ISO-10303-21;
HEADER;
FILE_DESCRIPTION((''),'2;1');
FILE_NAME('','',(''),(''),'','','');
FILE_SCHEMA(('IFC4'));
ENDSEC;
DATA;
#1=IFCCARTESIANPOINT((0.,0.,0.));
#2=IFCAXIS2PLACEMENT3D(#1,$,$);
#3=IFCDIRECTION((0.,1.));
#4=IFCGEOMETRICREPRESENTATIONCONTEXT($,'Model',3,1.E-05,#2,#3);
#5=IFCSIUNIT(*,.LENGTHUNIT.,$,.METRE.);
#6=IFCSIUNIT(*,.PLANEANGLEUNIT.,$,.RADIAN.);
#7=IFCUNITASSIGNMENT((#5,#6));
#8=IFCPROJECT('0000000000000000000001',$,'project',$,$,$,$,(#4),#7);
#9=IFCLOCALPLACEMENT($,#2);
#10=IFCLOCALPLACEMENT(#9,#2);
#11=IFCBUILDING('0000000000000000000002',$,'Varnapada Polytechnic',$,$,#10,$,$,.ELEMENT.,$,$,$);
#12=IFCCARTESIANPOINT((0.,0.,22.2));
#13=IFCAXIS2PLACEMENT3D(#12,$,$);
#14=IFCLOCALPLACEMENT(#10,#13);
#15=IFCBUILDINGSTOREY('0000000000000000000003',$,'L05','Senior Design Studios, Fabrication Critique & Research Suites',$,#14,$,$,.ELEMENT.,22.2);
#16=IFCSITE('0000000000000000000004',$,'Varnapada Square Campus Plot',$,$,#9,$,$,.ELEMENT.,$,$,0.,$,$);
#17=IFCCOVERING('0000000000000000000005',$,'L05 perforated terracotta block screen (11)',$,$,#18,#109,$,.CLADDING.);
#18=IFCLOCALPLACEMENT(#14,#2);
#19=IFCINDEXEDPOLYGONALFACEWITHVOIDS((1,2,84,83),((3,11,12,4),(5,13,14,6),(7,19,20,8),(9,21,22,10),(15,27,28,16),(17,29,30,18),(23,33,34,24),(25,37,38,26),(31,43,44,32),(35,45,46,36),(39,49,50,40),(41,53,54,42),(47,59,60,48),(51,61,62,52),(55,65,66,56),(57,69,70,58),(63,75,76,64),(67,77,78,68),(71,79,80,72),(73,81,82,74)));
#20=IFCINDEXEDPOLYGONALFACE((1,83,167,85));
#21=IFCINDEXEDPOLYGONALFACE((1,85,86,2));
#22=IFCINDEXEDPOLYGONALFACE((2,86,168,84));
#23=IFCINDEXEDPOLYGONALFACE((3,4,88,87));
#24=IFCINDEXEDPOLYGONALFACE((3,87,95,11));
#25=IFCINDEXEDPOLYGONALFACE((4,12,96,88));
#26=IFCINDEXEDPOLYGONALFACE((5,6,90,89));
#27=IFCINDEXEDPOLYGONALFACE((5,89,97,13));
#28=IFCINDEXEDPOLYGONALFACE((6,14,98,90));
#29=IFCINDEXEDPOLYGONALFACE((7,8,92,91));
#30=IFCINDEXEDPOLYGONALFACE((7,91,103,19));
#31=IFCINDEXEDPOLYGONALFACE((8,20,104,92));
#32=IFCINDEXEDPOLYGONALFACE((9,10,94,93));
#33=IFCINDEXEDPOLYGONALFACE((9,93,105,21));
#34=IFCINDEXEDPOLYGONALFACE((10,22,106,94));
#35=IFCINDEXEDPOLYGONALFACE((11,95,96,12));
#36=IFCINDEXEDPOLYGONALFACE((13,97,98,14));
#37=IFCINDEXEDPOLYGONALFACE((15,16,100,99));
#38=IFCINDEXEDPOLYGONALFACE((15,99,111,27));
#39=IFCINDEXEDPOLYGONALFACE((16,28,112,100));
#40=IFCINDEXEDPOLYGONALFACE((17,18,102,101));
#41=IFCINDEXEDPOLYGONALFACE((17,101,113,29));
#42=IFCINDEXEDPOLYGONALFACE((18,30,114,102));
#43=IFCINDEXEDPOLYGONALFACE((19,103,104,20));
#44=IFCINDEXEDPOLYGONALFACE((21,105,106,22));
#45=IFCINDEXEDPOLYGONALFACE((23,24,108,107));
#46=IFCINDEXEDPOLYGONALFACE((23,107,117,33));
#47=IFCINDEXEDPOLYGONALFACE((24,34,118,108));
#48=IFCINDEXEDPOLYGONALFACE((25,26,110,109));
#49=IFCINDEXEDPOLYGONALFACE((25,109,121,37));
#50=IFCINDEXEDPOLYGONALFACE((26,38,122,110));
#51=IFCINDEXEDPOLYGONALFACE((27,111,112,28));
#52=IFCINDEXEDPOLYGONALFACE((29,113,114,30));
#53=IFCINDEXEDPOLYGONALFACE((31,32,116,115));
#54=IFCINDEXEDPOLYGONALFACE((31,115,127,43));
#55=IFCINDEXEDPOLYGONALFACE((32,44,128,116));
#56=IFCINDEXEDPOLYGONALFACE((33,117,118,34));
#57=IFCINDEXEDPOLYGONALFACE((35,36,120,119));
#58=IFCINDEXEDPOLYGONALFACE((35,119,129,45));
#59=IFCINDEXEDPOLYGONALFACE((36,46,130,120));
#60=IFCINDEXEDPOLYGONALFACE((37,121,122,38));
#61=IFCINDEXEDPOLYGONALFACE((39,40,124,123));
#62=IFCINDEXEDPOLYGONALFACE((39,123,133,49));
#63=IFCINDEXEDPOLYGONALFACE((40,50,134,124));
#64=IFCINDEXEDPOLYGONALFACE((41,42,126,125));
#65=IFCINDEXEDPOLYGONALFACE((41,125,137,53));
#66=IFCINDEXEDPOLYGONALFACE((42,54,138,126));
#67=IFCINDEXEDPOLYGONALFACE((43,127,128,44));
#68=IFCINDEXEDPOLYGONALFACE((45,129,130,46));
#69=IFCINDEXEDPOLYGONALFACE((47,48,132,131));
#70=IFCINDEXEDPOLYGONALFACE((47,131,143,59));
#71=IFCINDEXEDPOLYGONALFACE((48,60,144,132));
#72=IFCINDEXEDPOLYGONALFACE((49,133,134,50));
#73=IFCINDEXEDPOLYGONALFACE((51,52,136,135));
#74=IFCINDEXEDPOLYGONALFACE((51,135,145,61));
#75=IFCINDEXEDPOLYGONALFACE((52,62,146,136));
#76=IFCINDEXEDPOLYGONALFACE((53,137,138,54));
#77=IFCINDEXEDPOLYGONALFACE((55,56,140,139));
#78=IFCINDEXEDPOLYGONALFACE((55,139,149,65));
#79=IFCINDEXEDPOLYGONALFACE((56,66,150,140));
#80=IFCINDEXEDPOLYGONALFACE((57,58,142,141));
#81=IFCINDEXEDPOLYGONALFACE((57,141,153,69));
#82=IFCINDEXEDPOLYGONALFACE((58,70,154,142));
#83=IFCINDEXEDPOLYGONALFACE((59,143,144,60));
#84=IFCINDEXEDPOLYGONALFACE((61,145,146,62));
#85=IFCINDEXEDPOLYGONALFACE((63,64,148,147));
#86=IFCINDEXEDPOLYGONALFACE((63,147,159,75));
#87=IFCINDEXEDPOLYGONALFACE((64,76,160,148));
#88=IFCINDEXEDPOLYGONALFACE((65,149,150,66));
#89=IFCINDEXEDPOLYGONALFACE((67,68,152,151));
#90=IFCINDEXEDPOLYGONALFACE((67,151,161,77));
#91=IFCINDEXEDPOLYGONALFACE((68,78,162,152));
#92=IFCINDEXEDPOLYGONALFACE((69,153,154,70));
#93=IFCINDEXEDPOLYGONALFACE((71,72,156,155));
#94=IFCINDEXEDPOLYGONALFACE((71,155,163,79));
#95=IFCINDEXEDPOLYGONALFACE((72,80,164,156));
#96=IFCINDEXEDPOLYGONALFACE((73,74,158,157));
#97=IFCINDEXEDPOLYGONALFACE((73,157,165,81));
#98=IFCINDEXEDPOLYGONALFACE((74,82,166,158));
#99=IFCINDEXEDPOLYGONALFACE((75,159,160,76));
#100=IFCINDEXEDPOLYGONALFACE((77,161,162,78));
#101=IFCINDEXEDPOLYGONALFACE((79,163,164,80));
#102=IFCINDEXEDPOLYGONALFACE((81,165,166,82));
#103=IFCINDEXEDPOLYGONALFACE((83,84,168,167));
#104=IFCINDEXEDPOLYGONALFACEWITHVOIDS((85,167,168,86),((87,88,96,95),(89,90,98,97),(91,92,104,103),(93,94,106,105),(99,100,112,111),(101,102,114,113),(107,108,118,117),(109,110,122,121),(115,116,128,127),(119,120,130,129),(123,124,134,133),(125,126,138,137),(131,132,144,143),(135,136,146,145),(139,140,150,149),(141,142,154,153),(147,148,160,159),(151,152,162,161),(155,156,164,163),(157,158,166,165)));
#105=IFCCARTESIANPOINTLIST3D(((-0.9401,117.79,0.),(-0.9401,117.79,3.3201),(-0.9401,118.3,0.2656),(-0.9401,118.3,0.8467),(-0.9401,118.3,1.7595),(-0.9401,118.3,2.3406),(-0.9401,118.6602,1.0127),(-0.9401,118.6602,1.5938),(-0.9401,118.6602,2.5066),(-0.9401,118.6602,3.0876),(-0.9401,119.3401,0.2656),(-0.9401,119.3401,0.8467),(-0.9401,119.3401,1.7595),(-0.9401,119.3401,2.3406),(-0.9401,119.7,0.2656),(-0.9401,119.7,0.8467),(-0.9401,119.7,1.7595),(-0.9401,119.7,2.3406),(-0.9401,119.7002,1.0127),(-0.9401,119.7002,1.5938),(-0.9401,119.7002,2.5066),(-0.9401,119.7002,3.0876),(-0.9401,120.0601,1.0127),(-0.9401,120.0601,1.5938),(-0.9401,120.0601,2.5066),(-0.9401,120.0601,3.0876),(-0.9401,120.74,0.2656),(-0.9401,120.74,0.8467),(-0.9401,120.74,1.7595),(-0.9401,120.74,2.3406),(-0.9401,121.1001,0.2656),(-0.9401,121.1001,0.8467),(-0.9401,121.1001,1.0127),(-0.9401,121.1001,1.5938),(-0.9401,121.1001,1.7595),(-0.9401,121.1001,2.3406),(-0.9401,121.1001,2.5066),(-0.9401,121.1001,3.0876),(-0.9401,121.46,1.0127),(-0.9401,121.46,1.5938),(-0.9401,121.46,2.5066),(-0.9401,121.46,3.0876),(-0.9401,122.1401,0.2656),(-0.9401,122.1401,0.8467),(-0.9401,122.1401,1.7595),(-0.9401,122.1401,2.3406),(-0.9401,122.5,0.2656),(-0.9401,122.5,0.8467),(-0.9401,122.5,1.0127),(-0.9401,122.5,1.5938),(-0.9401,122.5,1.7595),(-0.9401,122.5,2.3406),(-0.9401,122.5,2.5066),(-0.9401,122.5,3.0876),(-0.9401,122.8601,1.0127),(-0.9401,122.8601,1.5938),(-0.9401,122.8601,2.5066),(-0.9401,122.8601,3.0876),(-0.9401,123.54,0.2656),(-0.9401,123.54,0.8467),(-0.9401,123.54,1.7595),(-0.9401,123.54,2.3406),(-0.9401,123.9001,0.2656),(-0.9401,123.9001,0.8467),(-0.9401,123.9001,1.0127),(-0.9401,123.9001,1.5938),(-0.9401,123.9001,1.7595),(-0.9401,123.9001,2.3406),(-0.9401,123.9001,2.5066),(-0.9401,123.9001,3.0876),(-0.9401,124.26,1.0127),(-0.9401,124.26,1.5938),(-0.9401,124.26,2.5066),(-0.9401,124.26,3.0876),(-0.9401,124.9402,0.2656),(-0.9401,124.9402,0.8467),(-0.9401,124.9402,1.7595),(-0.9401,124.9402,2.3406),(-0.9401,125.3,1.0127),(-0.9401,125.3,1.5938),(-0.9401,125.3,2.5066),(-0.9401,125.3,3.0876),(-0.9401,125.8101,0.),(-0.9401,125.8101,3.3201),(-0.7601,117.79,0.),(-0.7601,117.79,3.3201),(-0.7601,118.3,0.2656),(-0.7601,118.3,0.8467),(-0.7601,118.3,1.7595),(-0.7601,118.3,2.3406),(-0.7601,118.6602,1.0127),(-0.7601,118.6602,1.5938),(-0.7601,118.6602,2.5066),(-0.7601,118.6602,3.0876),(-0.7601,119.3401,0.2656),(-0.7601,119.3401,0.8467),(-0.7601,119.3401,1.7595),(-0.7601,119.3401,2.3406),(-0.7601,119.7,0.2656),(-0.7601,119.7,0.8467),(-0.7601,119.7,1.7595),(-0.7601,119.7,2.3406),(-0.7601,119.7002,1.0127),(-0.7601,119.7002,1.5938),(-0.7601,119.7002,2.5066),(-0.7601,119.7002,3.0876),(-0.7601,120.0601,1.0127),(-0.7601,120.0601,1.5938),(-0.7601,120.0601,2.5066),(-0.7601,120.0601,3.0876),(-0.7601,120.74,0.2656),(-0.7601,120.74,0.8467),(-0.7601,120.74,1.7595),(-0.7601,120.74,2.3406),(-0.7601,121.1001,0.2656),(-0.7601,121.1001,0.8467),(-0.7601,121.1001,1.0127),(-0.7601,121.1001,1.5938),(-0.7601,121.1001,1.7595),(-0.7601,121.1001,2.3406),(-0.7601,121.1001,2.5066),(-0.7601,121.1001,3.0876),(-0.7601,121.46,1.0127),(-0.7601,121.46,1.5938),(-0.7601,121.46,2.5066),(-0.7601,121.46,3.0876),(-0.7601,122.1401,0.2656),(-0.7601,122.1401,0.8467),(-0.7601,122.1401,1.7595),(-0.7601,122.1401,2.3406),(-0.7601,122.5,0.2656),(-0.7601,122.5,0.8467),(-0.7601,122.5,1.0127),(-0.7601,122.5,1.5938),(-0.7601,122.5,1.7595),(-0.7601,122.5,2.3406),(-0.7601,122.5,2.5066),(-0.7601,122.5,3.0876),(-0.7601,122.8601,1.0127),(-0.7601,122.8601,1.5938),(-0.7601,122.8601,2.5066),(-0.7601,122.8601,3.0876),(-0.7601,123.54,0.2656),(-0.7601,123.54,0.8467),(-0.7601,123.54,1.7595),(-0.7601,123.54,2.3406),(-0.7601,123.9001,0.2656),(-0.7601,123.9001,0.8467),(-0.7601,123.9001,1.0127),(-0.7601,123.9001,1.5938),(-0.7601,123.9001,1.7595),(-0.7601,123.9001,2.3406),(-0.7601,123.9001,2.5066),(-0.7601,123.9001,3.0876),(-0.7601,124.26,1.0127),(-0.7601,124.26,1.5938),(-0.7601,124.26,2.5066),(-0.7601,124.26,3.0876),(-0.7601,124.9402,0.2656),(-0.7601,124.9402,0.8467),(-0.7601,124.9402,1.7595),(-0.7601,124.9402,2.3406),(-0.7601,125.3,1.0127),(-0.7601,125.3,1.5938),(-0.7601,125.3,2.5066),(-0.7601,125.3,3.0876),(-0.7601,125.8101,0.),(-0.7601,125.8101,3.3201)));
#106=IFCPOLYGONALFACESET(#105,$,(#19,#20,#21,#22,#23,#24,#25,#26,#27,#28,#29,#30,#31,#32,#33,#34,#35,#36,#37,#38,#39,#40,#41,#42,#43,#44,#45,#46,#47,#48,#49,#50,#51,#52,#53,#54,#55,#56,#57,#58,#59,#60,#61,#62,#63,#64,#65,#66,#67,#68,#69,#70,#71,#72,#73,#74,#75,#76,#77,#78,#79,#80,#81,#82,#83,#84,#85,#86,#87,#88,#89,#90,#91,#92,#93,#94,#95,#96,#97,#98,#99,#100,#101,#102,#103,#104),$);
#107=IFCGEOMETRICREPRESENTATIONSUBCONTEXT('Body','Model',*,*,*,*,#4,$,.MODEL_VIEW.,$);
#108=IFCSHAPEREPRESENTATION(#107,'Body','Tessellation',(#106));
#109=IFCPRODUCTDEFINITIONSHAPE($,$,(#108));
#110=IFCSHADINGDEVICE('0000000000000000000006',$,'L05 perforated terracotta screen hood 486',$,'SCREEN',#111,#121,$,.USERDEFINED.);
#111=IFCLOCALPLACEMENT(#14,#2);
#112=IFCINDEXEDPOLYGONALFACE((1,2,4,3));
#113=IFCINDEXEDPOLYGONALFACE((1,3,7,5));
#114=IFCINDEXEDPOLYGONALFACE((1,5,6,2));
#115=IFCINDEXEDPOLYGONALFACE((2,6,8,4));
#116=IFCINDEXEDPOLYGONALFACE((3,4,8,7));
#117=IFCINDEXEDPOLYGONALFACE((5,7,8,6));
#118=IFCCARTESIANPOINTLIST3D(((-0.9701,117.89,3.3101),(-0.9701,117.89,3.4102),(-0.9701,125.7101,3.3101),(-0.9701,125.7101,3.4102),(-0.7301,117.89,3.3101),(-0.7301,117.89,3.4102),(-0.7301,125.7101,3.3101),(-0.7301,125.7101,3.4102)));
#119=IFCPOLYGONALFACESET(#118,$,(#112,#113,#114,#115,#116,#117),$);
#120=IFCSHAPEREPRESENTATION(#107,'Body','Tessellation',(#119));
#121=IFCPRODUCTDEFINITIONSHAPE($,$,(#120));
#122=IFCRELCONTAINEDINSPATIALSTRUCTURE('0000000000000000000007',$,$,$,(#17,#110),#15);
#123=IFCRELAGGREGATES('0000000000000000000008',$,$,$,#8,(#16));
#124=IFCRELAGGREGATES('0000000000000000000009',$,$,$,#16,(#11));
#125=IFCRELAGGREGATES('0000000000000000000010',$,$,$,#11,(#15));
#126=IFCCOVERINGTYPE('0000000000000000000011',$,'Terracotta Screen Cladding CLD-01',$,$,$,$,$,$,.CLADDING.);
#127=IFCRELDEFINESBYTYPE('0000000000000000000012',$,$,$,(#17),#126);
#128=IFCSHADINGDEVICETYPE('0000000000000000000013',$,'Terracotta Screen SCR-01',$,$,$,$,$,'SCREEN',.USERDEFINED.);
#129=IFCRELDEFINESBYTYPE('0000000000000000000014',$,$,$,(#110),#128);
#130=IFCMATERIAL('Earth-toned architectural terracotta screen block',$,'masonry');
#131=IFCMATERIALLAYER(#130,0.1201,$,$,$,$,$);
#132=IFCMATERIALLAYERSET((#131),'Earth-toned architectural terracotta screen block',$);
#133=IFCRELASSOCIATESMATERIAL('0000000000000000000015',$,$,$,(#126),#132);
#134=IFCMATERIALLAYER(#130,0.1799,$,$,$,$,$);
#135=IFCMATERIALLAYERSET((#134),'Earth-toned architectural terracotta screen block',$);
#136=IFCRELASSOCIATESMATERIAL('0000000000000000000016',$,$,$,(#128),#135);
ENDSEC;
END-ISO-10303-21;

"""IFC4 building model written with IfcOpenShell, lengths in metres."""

from ifc_helpers import new_model, si_unit, direction, frame, frame_2d, origin, origin_2d, place, context, subcontext, project, spatial, rectangle, extrude, material, layer, layer_set, type_object, element, save


model = new_model("IFC4")

# Units and contexts
model_context = context("Model", 3, precision=1e-05, world=origin(), true_north=direction((0.0, 1.0)))
body_context = subcontext(model_context, "Body", "Model", "MODEL_VIEW")
ifc_project = project(units=[si_unit("LENGTHUNIT", "METRE"), si_unit("PLANEANGLEUNIT", "RADIAN")], contexts=[model_context])

# Site, building, storey
site_placement = place(None, origin())
site = spatial("IfcSite", under=ifc_project, at=site_placement, Name="Varnapada Square Campus Plot", CompositionType="ELEMENT", RefElevation=0.0)
building_placement = place(site_placement, origin())
building = spatial("IfcBuilding", under=site, at=building_placement, Name="Varnapada Polytechnic", CompositionType="ELEMENT")
storey_placement = place(building_placement, frame((0.0, 0.0, 22.2)))
storey = spatial("IfcBuildingStorey", under=building, at=storey_placement, Name="L05", Description="Senior Design Studios, Fabrication Critique & Research Suites", CompositionType="ELEMENT", Elevation=22.2)

# Covering, openings
ifc_material_1 = material(Name="Earth-toned architectural terracotta screen block", Category="masonry")
ifc_layer_1 = layer(ifc_material_1, 0.1201)
ifc_layer_set_1 = layer_set([ifc_layer_1], Name="Earth-toned architectural terracotta screen block")
covering_type = type_object("IfcCoveringType", Name="Terracotta Screen Cladding CLD-01", PredefinedType="CLADDING", material=ifc_layer_set_1)
covering_placement = place(storey_placement, frame((-0.8501, 117.79, 0.0), z_axis=(0.0, 0.0, 1.0), x_axis=(0.0, 1.0, 0.0)))
covering = element("IfcCovering", 1, at=covering_placement, inside=storey, type_object=covering_type, Name="L05 perforated terracotta block screen (11)", PredefinedType="CLADDING", context=body_context, shape_type="SweptSolid", body=[
    extrude(rectangle(XDim=8.02, YDim=0.1799, at=frame_2d((4.01, 0.0))), origin(), (0.0, 0.0, 1.0), 3.3201),
])
opening_1_placement = place(covering_placement, frame((0.51, 0.0, 0.2656)))
element("IfcOpeningElement", 2, at=opening_1_placement, cuts=covering, PredefinedType="OPENING", context=body_context, shape_type="SweptSolid", body=[
    extrude(rectangle(XDim=1.04, YDim=0.5811, at=frame_2d((0.52, 0.2905))), frame((0.0, 0.0999, 0.0), z_axis=(0.0, -1.0, 0.0), x_axis=(1.0, 0.0, 0.0)), (0.0, 0.0, 1.0), 0.2),
])
opening_2_placement = place(covering_placement, frame((1.9099, 0.0, 0.2656)))
element("IfcOpeningElement", 3, at=opening_2_placement, cuts=covering, PredefinedType="OPENING", context=body_context, shape_type="SweptSolid", body=[
    extrude(rectangle(XDim=1.04, YDim=0.5811, at=frame_2d((0.52, 0.2905))), frame((0.0, 0.0999, 0.0), z_axis=(0.0, -1.0, 0.0), x_axis=(1.0, 0.0, 0.0)), (0.0, 0.0, 1.0), 0.2),
])
opening_3_placement = place(covering_placement, frame((3.3101, 0.0, 0.2656)))
element("IfcOpeningElement", 4, at=opening_3_placement, cuts=covering, PredefinedType="OPENING", context=body_context, shape_type="SweptSolid", body=[
    extrude(rectangle(XDim=1.04, YDim=0.5811, at=frame_2d((0.52, 0.2905))), frame((0.0, 0.0999, 0.0), z_axis=(0.0, -1.0, 0.0), x_axis=(1.0, 0.0, 0.0)), (0.0, 0.0, 1.0), 0.2),
])
opening_4_placement = place(covering_placement, frame((4.71, 0.0, 0.2656)))
element("IfcOpeningElement", 5, at=opening_4_placement, cuts=covering, PredefinedType="OPENING", context=body_context, shape_type="SweptSolid", body=[
    extrude(rectangle(XDim=1.04, YDim=0.5811, at=frame_2d((0.52, 0.2905))), frame((0.0, 0.0999, 0.0), z_axis=(0.0, -1.0, 0.0), x_axis=(1.0, 0.0, 0.0)), (0.0, 0.0, 1.0), 0.2),
])
opening_5_placement = place(covering_placement, frame((6.1101, 0.0, 0.2656)))
element("IfcOpeningElement", 6, at=opening_5_placement, cuts=covering, PredefinedType="OPENING", context=body_context, shape_type="SweptSolid", body=[
    extrude(rectangle(XDim=1.04, YDim=0.5811, at=frame_2d((0.52, 0.2905))), frame((0.0, 0.0999, 0.0), z_axis=(0.0, -1.0, 0.0), x_axis=(1.0, 0.0, 0.0)), (0.0, 0.0, 1.0), 0.2),
])
opening_6_placement = place(covering_placement, frame((0.8701, 0.0, 1.0127)))
element("IfcOpeningElement", 7, at=opening_6_placement, cuts=covering, PredefinedType="OPENING", context=body_context, shape_type="SweptSolid", body=[
    extrude(rectangle(XDim=1.04, YDim=0.5811, at=frame_2d((0.52, 0.2905))), frame((0.0, 0.0999, 0.0), z_axis=(0.0, -1.0, 0.0), x_axis=(1.0, 0.0, 0.0)), (0.0, 0.0, 1.0), 0.2),
])
opening_7_placement = place(covering_placement, frame((2.27, 0.0, 1.0127)))
element("IfcOpeningElement", 8, at=opening_7_placement, cuts=covering, PredefinedType="OPENING", context=body_context, shape_type="SweptSolid", body=[
    extrude(rectangle(XDim=1.04, YDim=0.5811, at=frame_2d((0.52, 0.2905))), frame((0.0, 0.0999, 0.0), z_axis=(0.0, -1.0, 0.0), x_axis=(1.0, 0.0, 0.0)), (0.0, 0.0, 1.0), 0.2),
])
opening_8_placement = place(covering_placement, frame((3.6699, 0.0, 1.0127)))
element("IfcOpeningElement", 9, at=opening_8_placement, cuts=covering, PredefinedType="OPENING", context=body_context, shape_type="SweptSolid", body=[
    extrude(rectangle(XDim=1.04, YDim=0.5811, at=frame_2d((0.52, 0.2905))), frame((0.0, 0.0999, 0.0), z_axis=(0.0, -1.0, 0.0), x_axis=(1.0, 0.0, 0.0)), (0.0, 0.0, 1.0), 0.2),
])
opening_9_placement = place(covering_placement, frame((5.0701, 0.0, 1.0127)))
element("IfcOpeningElement", 10, at=opening_9_placement, cuts=covering, PredefinedType="OPENING", context=body_context, shape_type="SweptSolid", body=[
    extrude(rectangle(XDim=1.04, YDim=0.5811, at=frame_2d((0.52, 0.2905))), frame((0.0, 0.0999, 0.0), z_axis=(0.0, -1.0, 0.0), x_axis=(1.0, 0.0, 0.0)), (0.0, 0.0, 1.0), 0.2),
])
opening_10_placement = place(covering_placement, frame((6.47, 0.0, 1.0127)))
element("IfcOpeningElement", 11, at=opening_10_placement, cuts=covering, PredefinedType="OPENING", context=body_context, shape_type="SweptSolid", body=[
    extrude(rectangle(XDim=1.04, YDim=0.5811, at=frame_2d((0.52, 0.2905))), frame((0.0, 0.0999, 0.0), z_axis=(0.0, -1.0, 0.0), x_axis=(1.0, 0.0, 0.0)), (0.0, 0.0, 1.0), 0.2),
])
opening_11_placement = place(covering_placement, frame((0.51, 0.0, 1.7595)))
element("IfcOpeningElement", 12, at=opening_11_placement, cuts=covering, PredefinedType="OPENING", context=body_context, shape_type="SweptSolid", body=[
    extrude(rectangle(XDim=1.04, YDim=0.5811, at=frame_2d((0.52, 0.2905))), frame((0.0, 0.0999, 0.0), z_axis=(0.0, -1.0, 0.0), x_axis=(1.0, 0.0, 0.0)), (0.0, 0.0, 1.0), 0.2),
])
opening_12_placement = place(covering_placement, frame((1.9099, 0.0, 1.7595)))
element("IfcOpeningElement", 13, at=opening_12_placement, cuts=covering, PredefinedType="OPENING", context=body_context, shape_type="SweptSolid", body=[
    extrude(rectangle(XDim=1.04, YDim=0.5811, at=frame_2d((0.52, 0.2905))), frame((0.0, 0.0999, 0.0), z_axis=(0.0, -1.0, 0.0), x_axis=(1.0, 0.0, 0.0)), (0.0, 0.0, 1.0), 0.2),
])
opening_13_placement = place(covering_placement, frame((3.3101, 0.0, 1.7595)))
element("IfcOpeningElement", 14, at=opening_13_placement, cuts=covering, PredefinedType="OPENING", context=body_context, shape_type="SweptSolid", body=[
    extrude(rectangle(XDim=1.04, YDim=0.5811, at=frame_2d((0.52, 0.2905))), frame((0.0, 0.0999, 0.0), z_axis=(0.0, -1.0, 0.0), x_axis=(1.0, 0.0, 0.0)), (0.0, 0.0, 1.0), 0.2),
])
opening_14_placement = place(covering_placement, frame((4.71, 0.0, 1.7595)))
element("IfcOpeningElement", 15, at=opening_14_placement, cuts=covering, PredefinedType="OPENING", context=body_context, shape_type="SweptSolid", body=[
    extrude(rectangle(XDim=1.04, YDim=0.5811, at=frame_2d((0.52, 0.2905))), frame((0.0, 0.0999, 0.0), z_axis=(0.0, -1.0, 0.0), x_axis=(1.0, 0.0, 0.0)), (0.0, 0.0, 1.0), 0.2),
])
opening_15_placement = place(covering_placement, frame((6.1101, 0.0, 1.7595)))
element("IfcOpeningElement", 16, at=opening_15_placement, cuts=covering, PredefinedType="OPENING", context=body_context, shape_type="SweptSolid", body=[
    extrude(rectangle(XDim=1.04, YDim=0.5811, at=frame_2d((0.52, 0.2905))), frame((0.0, 0.0999, 0.0), z_axis=(0.0, -1.0, 0.0), x_axis=(1.0, 0.0, 0.0)), (0.0, 0.0, 1.0), 0.2),
])
opening_16_placement = place(covering_placement, frame((0.8701, 0.0, 2.5066)))
element("IfcOpeningElement", 17, at=opening_16_placement, cuts=covering, PredefinedType="OPENING", context=body_context, shape_type="SweptSolid", body=[
    extrude(rectangle(XDim=1.04, YDim=0.5811, at=frame_2d((0.52, 0.2905))), frame((0.0, 0.0999, 0.0), z_axis=(0.0, -1.0, 0.0), x_axis=(1.0, 0.0, 0.0)), (0.0, 0.0, 1.0), 0.2),
])
opening_17_placement = place(covering_placement, frame((2.27, 0.0, 2.5066)))
element("IfcOpeningElement", 18, at=opening_17_placement, cuts=covering, PredefinedType="OPENING", context=body_context, shape_type="SweptSolid", body=[
    extrude(rectangle(XDim=1.04, YDim=0.5811, at=frame_2d((0.52, 0.2905))), frame((0.0, 0.0999, 0.0), z_axis=(0.0, -1.0, 0.0), x_axis=(1.0, 0.0, 0.0)), (0.0, 0.0, 1.0), 0.2),
])
opening_18_placement = place(covering_placement, frame((3.6699, 0.0, 2.5066)))
element("IfcOpeningElement", 19, at=opening_18_placement, cuts=covering, PredefinedType="OPENING", context=body_context, shape_type="SweptSolid", body=[
    extrude(rectangle(XDim=1.04, YDim=0.5811, at=frame_2d((0.52, 0.2905))), frame((0.0, 0.0999, 0.0), z_axis=(0.0, -1.0, 0.0), x_axis=(1.0, 0.0, 0.0)), (0.0, 0.0, 1.0), 0.2),
])
opening_19_placement = place(covering_placement, frame((5.0701, 0.0, 2.5066)))
element("IfcOpeningElement", 20, at=opening_19_placement, cuts=covering, PredefinedType="OPENING", context=body_context, shape_type="SweptSolid", body=[
    extrude(rectangle(XDim=1.04, YDim=0.5811, at=frame_2d((0.52, 0.2905))), frame((0.0, 0.0999, 0.0), z_axis=(0.0, -1.0, 0.0), x_axis=(1.0, 0.0, 0.0)), (0.0, 0.0, 1.0), 0.2),
])
opening_20_placement = place(covering_placement, frame((6.47, 0.0, 2.5066)))
element("IfcOpeningElement", 21, at=opening_20_placement, cuts=covering, PredefinedType="OPENING", context=body_context, shape_type="SweptSolid", body=[
    extrude(rectangle(XDim=1.04, YDim=0.5811, at=frame_2d((0.52, 0.2905))), frame((0.0, 0.0999, 0.0), z_axis=(0.0, -1.0, 0.0), x_axis=(1.0, 0.0, 0.0)), (0.0, 0.0, 1.0), 0.2),
])

# Shading device
ifc_layer_2 = layer(ifc_material_1, 0.1799)
ifc_layer_set_2 = layer_set([ifc_layer_2], Name="Earth-toned architectural terracotta screen block")
shading_device_type = type_object("IfcShadingDeviceType", Name="Terracotta Screen SCR-01", ElementType="SCREEN", PredefinedType="USERDEFINED", material=ifc_layer_set_2)
shading_device_placement = place(storey_placement, frame((-0.8501, 121.8, 3.3101), z_axis=(0.0, 0.0, 1.0), x_axis=(0.0, 1.0, 0.0)))
element("IfcShadingDevice", 22, at=shading_device_placement, inside=storey, type_object=shading_device_type, Name="L05 perforated terracotta screen hood 486", ObjectType="SCREEN", PredefinedType="USERDEFINED", context=body_context, shape_type="SweptSolid", body=[
    extrude(rectangle(XDim=7.8201, YDim=0.24, at=origin_2d()), origin(), (0.0, 0.0, 1.0), 0.1001),
])

save(model, "model.ifc")
